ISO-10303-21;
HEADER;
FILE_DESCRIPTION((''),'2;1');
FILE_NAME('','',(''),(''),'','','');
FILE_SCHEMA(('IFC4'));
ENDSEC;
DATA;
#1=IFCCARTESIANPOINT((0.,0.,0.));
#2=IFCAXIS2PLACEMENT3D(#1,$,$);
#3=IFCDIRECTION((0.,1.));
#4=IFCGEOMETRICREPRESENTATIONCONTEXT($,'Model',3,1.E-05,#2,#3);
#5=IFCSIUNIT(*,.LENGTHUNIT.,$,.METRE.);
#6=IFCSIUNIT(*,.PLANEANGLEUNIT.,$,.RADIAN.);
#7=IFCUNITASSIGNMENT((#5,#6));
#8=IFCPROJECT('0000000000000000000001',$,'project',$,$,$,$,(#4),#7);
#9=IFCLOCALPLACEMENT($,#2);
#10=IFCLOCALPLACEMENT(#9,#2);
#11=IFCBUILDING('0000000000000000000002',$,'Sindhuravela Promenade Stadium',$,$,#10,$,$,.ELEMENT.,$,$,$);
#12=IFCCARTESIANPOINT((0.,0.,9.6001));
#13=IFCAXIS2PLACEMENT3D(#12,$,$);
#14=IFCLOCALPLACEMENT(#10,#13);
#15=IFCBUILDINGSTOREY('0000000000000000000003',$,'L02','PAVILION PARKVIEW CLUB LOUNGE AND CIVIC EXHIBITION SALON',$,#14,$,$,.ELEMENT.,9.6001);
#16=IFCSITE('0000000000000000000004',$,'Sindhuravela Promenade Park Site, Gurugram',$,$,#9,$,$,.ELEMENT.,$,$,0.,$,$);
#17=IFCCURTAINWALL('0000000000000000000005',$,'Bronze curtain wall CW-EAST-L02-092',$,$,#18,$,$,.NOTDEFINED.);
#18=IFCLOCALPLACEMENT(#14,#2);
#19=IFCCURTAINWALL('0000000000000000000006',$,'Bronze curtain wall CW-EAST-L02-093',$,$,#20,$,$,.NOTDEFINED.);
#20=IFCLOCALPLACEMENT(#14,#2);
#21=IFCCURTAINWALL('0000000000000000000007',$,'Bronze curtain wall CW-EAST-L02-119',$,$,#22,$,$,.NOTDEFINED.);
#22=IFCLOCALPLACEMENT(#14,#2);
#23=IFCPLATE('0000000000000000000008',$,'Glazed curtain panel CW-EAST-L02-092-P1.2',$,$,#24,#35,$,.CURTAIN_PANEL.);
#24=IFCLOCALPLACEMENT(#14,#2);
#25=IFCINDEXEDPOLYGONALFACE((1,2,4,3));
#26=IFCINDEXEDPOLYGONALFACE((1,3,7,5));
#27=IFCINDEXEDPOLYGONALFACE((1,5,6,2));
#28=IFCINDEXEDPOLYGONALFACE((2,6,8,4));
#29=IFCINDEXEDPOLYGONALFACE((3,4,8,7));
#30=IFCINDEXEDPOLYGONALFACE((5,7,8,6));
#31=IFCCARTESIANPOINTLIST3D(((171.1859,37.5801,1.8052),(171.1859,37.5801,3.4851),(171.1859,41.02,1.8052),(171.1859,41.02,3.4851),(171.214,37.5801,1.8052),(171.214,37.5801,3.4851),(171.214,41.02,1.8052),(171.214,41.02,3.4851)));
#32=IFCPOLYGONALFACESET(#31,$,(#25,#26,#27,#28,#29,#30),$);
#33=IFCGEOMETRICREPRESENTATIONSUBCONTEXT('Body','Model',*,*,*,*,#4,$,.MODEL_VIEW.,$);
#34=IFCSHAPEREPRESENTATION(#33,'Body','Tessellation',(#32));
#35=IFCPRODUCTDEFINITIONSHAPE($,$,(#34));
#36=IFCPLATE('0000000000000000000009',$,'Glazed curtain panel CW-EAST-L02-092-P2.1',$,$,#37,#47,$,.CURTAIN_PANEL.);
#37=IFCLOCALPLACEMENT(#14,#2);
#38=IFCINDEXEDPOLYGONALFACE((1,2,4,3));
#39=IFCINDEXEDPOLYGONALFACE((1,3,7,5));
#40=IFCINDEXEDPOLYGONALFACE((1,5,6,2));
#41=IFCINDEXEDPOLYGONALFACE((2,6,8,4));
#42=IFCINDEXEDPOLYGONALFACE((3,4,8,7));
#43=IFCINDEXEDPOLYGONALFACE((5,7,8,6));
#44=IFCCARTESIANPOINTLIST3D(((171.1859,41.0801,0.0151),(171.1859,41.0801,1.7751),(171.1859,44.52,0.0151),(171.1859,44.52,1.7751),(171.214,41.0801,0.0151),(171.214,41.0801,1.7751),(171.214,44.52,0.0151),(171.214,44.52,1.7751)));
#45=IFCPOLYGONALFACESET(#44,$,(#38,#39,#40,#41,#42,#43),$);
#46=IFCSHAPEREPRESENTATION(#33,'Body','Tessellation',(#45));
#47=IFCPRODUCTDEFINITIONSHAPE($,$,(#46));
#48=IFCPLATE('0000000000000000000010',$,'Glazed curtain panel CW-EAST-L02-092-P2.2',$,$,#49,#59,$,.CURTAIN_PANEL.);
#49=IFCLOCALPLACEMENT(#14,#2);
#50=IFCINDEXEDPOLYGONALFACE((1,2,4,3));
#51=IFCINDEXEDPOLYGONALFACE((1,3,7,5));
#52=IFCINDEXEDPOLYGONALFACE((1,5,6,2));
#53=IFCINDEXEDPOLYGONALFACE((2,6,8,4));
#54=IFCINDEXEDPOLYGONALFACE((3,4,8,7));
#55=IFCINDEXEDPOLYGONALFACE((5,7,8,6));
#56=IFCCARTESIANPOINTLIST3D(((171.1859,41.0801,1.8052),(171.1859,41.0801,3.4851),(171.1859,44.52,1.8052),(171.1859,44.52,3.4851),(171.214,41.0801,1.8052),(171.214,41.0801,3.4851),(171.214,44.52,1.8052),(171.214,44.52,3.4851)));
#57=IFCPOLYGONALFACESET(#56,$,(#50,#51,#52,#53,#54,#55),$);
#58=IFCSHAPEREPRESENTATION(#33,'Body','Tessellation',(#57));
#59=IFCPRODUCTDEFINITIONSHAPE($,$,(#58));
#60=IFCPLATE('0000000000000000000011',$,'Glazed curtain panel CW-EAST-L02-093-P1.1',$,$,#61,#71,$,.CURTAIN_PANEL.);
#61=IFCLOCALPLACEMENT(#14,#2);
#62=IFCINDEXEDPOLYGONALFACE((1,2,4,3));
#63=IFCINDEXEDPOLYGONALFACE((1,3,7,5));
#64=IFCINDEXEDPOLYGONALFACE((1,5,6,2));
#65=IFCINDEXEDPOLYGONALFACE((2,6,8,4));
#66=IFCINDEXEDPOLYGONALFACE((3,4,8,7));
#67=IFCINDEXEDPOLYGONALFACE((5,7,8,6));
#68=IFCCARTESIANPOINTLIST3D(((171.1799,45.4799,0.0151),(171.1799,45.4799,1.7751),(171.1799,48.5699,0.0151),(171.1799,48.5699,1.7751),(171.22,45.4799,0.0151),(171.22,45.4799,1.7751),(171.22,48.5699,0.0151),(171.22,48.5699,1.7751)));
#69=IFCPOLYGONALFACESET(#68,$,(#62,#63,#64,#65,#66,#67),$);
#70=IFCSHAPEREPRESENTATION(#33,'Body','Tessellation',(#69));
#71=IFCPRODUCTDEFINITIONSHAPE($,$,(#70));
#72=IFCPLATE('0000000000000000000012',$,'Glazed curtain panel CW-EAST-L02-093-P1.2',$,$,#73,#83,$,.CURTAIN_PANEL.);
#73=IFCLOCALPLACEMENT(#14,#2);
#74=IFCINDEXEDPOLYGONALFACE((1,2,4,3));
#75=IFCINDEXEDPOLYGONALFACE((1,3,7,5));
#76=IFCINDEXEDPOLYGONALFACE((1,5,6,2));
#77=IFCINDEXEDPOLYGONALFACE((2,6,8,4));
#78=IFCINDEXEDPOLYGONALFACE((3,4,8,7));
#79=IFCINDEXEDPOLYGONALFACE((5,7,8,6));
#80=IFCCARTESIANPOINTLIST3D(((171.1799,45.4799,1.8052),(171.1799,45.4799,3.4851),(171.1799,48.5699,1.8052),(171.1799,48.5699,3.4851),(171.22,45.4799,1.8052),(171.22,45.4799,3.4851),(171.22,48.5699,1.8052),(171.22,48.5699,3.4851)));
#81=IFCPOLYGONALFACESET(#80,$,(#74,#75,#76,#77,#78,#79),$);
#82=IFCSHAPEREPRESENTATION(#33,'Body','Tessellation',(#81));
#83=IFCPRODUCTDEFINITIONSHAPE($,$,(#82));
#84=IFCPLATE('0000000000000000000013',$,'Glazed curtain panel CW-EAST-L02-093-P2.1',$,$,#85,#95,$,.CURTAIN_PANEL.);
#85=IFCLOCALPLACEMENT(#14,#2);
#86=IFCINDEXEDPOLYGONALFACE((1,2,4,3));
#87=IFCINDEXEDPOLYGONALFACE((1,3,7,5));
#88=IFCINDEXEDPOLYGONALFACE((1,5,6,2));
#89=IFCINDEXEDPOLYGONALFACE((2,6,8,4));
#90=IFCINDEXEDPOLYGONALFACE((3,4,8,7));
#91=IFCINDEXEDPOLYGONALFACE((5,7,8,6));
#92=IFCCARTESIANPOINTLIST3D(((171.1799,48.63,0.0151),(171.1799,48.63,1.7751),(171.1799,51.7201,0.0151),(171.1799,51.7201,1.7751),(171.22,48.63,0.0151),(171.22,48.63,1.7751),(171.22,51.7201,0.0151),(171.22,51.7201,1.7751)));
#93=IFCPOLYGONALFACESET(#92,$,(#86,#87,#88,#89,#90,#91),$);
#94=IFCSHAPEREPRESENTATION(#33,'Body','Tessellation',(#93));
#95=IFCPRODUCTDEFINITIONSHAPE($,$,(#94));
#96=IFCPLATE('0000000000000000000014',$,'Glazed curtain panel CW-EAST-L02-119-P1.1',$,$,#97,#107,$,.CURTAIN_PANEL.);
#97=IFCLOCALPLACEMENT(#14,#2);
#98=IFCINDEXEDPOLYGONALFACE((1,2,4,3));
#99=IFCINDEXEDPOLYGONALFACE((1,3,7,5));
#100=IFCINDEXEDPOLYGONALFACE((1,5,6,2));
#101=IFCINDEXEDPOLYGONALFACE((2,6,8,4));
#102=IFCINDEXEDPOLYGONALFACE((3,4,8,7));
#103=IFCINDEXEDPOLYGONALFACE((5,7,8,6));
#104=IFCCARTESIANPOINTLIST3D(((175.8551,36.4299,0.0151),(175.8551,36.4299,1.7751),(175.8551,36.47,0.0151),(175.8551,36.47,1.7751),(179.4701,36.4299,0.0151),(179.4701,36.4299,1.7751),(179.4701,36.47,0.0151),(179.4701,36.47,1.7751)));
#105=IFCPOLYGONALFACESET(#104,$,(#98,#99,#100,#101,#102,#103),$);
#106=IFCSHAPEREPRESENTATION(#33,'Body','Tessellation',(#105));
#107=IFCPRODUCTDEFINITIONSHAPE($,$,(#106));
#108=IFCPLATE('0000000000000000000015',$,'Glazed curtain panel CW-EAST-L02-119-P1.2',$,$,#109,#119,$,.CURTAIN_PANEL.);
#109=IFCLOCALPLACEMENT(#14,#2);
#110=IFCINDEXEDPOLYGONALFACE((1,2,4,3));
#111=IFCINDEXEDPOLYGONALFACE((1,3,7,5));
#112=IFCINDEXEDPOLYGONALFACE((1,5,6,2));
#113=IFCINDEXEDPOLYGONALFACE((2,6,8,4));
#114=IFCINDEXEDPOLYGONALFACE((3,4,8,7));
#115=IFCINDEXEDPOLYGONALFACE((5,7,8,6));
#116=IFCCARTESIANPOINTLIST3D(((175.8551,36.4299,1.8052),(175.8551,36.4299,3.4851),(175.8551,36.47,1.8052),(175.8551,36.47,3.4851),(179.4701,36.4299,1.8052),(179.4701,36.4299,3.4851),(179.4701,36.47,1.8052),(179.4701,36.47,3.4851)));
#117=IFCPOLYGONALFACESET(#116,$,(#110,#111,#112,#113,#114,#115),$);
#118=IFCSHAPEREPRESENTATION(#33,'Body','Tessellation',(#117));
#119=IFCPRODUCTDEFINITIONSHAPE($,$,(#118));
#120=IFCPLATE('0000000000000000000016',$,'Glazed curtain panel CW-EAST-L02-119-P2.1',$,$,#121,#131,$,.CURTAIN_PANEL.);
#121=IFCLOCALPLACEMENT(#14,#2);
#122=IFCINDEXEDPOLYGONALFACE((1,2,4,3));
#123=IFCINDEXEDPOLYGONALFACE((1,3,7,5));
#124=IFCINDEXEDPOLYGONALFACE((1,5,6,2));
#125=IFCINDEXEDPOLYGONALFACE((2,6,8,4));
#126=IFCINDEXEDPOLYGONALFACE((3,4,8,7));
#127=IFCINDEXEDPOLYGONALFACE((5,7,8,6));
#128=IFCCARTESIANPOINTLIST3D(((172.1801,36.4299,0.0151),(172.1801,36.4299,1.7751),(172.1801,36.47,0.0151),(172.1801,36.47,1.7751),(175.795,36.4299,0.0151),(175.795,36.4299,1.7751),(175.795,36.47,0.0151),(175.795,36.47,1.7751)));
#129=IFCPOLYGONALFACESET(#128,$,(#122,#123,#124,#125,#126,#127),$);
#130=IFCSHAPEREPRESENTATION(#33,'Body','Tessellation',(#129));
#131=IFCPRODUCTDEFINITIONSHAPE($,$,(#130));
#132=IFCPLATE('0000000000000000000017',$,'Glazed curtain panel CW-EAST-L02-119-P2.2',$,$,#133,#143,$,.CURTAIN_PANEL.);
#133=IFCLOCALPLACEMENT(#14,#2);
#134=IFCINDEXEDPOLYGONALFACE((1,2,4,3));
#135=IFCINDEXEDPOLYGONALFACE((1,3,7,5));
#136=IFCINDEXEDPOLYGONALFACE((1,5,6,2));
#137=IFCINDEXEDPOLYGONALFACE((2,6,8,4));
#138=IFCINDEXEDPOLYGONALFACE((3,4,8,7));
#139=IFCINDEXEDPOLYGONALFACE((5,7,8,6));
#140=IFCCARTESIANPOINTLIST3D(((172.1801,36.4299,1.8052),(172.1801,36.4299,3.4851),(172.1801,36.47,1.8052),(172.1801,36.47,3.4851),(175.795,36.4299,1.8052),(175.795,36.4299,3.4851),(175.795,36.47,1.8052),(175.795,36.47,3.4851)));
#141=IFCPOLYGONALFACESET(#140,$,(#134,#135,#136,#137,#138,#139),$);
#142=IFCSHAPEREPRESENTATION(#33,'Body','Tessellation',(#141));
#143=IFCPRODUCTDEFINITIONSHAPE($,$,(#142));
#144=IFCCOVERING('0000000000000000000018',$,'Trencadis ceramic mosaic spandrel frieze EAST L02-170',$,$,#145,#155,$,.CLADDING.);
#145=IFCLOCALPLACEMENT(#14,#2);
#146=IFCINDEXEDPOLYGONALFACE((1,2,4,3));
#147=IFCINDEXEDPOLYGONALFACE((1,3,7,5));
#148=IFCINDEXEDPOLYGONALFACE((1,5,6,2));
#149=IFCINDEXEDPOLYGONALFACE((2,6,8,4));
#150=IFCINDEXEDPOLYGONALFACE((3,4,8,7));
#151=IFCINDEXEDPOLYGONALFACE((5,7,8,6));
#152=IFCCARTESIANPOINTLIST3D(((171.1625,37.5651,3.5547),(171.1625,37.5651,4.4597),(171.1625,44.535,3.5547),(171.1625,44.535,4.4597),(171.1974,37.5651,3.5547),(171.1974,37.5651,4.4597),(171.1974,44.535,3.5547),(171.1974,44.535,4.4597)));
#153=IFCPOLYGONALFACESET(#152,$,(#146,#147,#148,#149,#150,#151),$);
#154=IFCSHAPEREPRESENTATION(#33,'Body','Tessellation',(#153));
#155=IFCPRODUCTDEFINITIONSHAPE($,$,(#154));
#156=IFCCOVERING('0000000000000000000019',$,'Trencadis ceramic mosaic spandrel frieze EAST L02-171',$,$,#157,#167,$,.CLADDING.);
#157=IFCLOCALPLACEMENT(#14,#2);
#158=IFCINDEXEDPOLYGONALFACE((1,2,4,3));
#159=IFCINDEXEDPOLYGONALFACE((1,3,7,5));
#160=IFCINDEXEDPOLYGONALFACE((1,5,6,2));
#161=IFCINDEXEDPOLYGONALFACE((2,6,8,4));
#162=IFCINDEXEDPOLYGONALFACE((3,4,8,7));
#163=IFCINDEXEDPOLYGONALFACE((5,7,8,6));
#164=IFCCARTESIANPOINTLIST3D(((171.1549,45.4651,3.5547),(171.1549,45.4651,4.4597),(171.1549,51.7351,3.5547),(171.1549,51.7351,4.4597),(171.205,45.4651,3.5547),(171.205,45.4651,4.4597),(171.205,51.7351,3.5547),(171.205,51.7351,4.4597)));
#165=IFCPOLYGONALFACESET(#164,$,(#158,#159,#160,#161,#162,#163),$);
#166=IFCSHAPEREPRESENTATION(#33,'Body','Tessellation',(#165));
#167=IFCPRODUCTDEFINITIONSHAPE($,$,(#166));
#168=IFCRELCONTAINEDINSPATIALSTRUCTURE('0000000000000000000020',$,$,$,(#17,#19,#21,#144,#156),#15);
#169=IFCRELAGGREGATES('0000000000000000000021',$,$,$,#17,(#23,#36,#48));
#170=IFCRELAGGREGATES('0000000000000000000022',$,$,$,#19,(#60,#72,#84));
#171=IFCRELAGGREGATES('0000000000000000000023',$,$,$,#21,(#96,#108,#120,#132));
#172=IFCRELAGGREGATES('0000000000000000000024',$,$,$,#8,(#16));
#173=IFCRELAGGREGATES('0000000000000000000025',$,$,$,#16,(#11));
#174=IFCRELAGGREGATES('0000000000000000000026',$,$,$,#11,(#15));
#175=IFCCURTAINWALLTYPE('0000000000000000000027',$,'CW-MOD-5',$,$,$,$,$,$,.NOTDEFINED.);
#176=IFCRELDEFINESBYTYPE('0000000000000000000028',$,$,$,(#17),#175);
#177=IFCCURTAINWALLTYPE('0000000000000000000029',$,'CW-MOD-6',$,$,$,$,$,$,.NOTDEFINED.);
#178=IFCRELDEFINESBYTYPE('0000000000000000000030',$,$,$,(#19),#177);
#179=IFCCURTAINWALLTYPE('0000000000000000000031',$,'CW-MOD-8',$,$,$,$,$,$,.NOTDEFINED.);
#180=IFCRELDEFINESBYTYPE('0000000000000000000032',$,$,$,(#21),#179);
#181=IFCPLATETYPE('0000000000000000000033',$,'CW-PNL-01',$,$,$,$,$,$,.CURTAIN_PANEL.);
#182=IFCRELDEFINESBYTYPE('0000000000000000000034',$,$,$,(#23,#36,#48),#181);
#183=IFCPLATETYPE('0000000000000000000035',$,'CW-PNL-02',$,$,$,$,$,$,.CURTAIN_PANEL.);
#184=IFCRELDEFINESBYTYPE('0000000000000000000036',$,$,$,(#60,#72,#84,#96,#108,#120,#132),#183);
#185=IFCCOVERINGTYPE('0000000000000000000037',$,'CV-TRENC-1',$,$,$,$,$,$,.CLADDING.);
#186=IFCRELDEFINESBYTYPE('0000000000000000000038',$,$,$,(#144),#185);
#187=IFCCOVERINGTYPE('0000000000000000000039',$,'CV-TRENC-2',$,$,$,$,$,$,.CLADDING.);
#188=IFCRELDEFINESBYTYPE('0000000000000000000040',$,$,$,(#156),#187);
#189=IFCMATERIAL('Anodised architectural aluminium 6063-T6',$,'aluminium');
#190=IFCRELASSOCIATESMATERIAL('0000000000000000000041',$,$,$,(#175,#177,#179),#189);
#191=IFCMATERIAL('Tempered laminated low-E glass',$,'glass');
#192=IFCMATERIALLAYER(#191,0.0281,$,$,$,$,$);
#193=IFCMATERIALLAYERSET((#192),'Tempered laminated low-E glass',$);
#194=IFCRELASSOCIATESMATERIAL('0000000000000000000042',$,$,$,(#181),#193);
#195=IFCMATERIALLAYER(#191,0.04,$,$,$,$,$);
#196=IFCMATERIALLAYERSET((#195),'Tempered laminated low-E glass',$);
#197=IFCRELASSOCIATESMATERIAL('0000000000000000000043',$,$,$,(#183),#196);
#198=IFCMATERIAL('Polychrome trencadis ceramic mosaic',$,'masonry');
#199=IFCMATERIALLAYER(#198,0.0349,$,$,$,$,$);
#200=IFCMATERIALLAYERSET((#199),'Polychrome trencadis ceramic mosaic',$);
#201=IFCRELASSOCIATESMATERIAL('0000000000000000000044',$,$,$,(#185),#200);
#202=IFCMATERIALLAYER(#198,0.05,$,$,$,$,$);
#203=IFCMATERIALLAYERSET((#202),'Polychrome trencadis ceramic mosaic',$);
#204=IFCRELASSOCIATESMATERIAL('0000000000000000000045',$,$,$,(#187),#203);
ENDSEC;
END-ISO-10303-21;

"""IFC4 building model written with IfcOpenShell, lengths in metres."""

from ifc_helpers import new_model, si_unit, direction, frame, origin, origin_2d, place, context, subcontext, project, spatial, rectangle, extrude, material, layer, layer_set, type_object, element, aggregate, save


model = new_model("IFC4")

# Units and contexts
model_context = context("Model", 3, precision=1e-05, world=origin(), true_north=direction((0.0, 1.0)))
body_context = subcontext(model_context, "Body", "Model", "MODEL_VIEW")
ifc_project = project(units=[si_unit("LENGTHUNIT", "METRE"), si_unit("PLANEANGLEUNIT", "RADIAN")], contexts=[model_context])

# Site, building, storey
site_placement = place(None, origin())
site = spatial("IfcSite", under=ifc_project, at=site_placement, Name="Sindhuravela Promenade Park Site, Gurugram", CompositionType="ELEMENT", RefElevation=0.0)
building_placement = place(site_placement, origin())
building = spatial("IfcBuilding", under=site, at=building_placement, Name="Sindhuravela Promenade Stadium", CompositionType="ELEMENT")
storey_placement = place(building_placement, frame((0.0, 0.0, 9.6001)))
storey = spatial("IfcBuildingStorey", under=building, at=storey_placement, Name="L02", Description="PAVILION PARKVIEW CLUB LOUNGE AND CIVIC EXHIBITION SALON", CompositionType="ELEMENT", Elevation=9.6001)

# Curtain walls
ifc_material_1 = material(Name="Anodised architectural aluminium 6063-T6", Category="aluminium")
curtain_wall_type_1 = type_object("IfcCurtainWallType", Name="CW-MOD-5", PredefinedType="NOTDEFINED", material=ifc_material_1)
curtain_wall_1_placement = place(storey_placement, origin())
curtain_wall_1 = element("IfcCurtainWall", 1, at=curtain_wall_1_placement, inside=storey, type_object=curtain_wall_type_1, Name="Bronze curtain wall CW-EAST-L02-092", PredefinedType="NOTDEFINED")
curtain_wall_type_2 = type_object("IfcCurtainWallType", Name="CW-MOD-6", PredefinedType="NOTDEFINED", material=ifc_material_1)
curtain_wall_2_placement = place(storey_placement, origin())
curtain_wall_2 = element("IfcCurtainWall", 2, at=curtain_wall_2_placement, inside=storey, type_object=curtain_wall_type_2, Name="Bronze curtain wall CW-EAST-L02-093", PredefinedType="NOTDEFINED")
curtain_wall_type_3 = type_object("IfcCurtainWallType", Name="CW-MOD-8", PredefinedType="NOTDEFINED", material=ifc_material_1)
curtain_wall_3_placement = place(storey_placement, origin())
curtain_wall_3 = element("IfcCurtainWall", 3, at=curtain_wall_3_placement, inside=storey, type_object=curtain_wall_type_3, Name="Bronze curtain wall CW-EAST-L02-119", PredefinedType="NOTDEFINED")

# Plates
ifc_material_2 = material(Name="Tempered laminated low-E glass", Category="glass")
ifc_layer_1 = layer(ifc_material_2, 0.0281)
ifc_layer_set_1 = layer_set([ifc_layer_1], Name="Tempered laminated low-E glass")
plate_type_1 = type_object("IfcPlateType", Name="CW-PNL-01", PredefinedType="CURTAIN_PANEL", material=ifc_layer_set_1)
plate_1_placement = place(storey_placement, frame((171.2, 39.3, 1.8052), z_axis=(0.0, 0.0, 1.0), x_axis=(0.0, 1.0, 0.0)))
plate_1 = element("IfcPlate", 4, at=plate_1_placement, type_object=plate_type_1, Name="Glazed curtain panel CW-EAST-L02-092-P1.2", PredefinedType="CURTAIN_PANEL", context=body_context, shape_type="SweptSolid", body=[
    extrude(rectangle(XDim=3.4399, YDim=0.0281, at=origin_2d()), origin(), (0.0, 0.0, 1.0), 1.6799),
])
plate_2_placement = place(storey_placement, frame((171.2, 42.8, 0.0151), z_axis=(0.0, 0.0, 1.0), x_axis=(0.0, 1.0, 0.0)))
plate_2 = element("IfcPlate", 5, at=plate_2_placement, type_object=plate_type_1, Name="Glazed curtain panel CW-EAST-L02-092-P2.1", PredefinedType="CURTAIN_PANEL", context=body_context, shape_type="SweptSolid", body=[
    extrude(rectangle(XDim=3.4399, YDim=0.0281, at=origin_2d()), origin(), (0.0, 0.0, 1.0), 1.76),
])
plate_3_placement = place(storey_placement, frame((171.2, 42.8, 1.8052), z_axis=(0.0, 0.0, 1.0), x_axis=(0.0, 1.0, 0.0)))
plate_3 = element("IfcPlate", 6, at=plate_3_placement, type_object=plate_type_1, Name="Glazed curtain panel CW-EAST-L02-092-P2.2", PredefinedType="CURTAIN_PANEL", context=body_context, shape_type="SweptSolid", body=[
    extrude(rectangle(XDim=3.4399, YDim=0.0281, at=origin_2d()), origin(), (0.0, 0.0, 1.0), 1.6799),
])
aggregate(curtain_wall_1, [plate_1, plate_2, plate_3])
ifc_layer_2 = layer(ifc_material_2, 0.04)
ifc_layer_set_2 = layer_set([ifc_layer_2], Name="Tempered laminated low-E glass")
plate_type_2 = type_object("IfcPlateType", Name="CW-PNL-02", PredefinedType="CURTAIN_PANEL", material=ifc_layer_set_2)
plate_4_placement = place(storey_placement, frame((171.2, 47.0249, 0.0151), z_axis=(0.0, 0.0, 1.0), x_axis=(0.0, 1.0, 0.0)))
plate_4 = element("IfcPlate", 7, at=plate_4_placement, type_object=plate_type_2, Name="Glazed curtain panel CW-EAST-L02-093-P1.1", PredefinedType="CURTAIN_PANEL", context=body_context, shape_type="SweptSolid", body=[
    extrude(rectangle(XDim=3.0901, YDim=0.04, at=origin_2d()), origin(), (0.0, 0.0, 1.0), 1.76),
])
plate_5_placement = place(storey_placement, frame((171.2, 47.0249, 1.8052), z_axis=(0.0, 0.0, 1.0), x_axis=(0.0, 1.0, 0.0)))
plate_5 = element("IfcPlate", 8, at=plate_5_placement, type_object=plate_type_2, Name="Glazed curtain panel CW-EAST-L02-093-P1.2", PredefinedType="CURTAIN_PANEL", context=body_context, shape_type="SweptSolid", body=[
    extrude(rectangle(XDim=3.0901, YDim=0.04, at=origin_2d()), origin(), (0.0, 0.0, 1.0), 1.6799),
])
plate_6_placement = place(storey_placement, frame((171.2, 50.175, 0.0151), z_axis=(0.0, 0.0, 1.0), x_axis=(0.0, 1.0, 0.0)))
plate_6 = element("IfcPlate", 9, at=plate_6_placement, type_object=plate_type_2, Name="Glazed curtain panel CW-EAST-L02-093-P2.1", PredefinedType="CURTAIN_PANEL", context=body_context, shape_type="SweptSolid", body=[
    extrude(rectangle(XDim=3.0901, YDim=0.04, at=origin_2d()), origin(), (0.0, 0.0, 1.0), 1.76),
])
aggregate(curtain_wall_2, [plate_4, plate_5, plate_6])
plate_7_placement = place(storey_placement, frame((177.6626, 36.45, 0.0151), z_axis=(0.0, 0.0, 1.0), x_axis=(-1.0, 0.0, 0.0)))
plate_7 = element("IfcPlate", 10, at=plate_7_placement, type_object=plate_type_2, Name="Glazed curtain panel CW-EAST-L02-119-P1.1", PredefinedType="CURTAIN_PANEL", context=body_context, shape_type="SweptSolid", body=[
    extrude(rectangle(XDim=3.615, YDim=0.04, at=origin_2d()), origin(), (0.0, 0.0, 1.0), 1.76),
])
plate_8_placement = place(storey_placement, frame((177.6626, 36.45, 1.8052), z_axis=(0.0, 0.0, 1.0), x_axis=(-1.0, 0.0, 0.0)))
plate_8 = element("IfcPlate", 11, at=plate_8_placement, type_object=plate_type_2, Name="Glazed curtain panel CW-EAST-L02-119-P1.2", PredefinedType="CURTAIN_PANEL", context=body_context, shape_type="SweptSolid", body=[
    extrude(rectangle(XDim=3.615, YDim=0.04, at=origin_2d()), origin(), (0.0, 0.0, 1.0), 1.6799),
])
plate_9_placement = place(storey_placement, frame((173.9875, 36.45, 0.0151), z_axis=(0.0, 0.0, 1.0), x_axis=(-1.0, 0.0, 0.0)))
plate_9 = element("IfcPlate", 12, at=plate_9_placement, type_object=plate_type_2, Name="Glazed curtain panel CW-EAST-L02-119-P2.1", PredefinedType="CURTAIN_PANEL", context=body_context, shape_type="SweptSolid", body=[
    extrude(rectangle(XDim=3.615, YDim=0.04, at=origin_2d()), origin(), (0.0, 0.0, 1.0), 1.76),
])
plate_10_placement = place(storey_placement, frame((173.9875, 36.45, 1.8052), z_axis=(0.0, 0.0, 1.0), x_axis=(-1.0, 0.0, 0.0)))
plate_10 = element("IfcPlate", 13, at=plate_10_placement, type_object=plate_type_2, Name="Glazed curtain panel CW-EAST-L02-119-P2.2", PredefinedType="CURTAIN_PANEL", context=body_context, shape_type="SweptSolid", body=[
    extrude(rectangle(XDim=3.615, YDim=0.04, at=origin_2d()), origin(), (0.0, 0.0, 1.0), 1.6799),
])
aggregate(curtain_wall_3, [plate_7, plate_8, plate_9, plate_10])

# Coverings
ifc_material_3 = material(Name="Polychrome trencadis ceramic mosaic", Category="masonry")
ifc_layer_3 = layer(ifc_material_3, 0.0349)
ifc_layer_set_3 = layer_set([ifc_layer_3], Name="Polychrome trencadis ceramic mosaic")
covering_type_1 = type_object("IfcCoveringType", Name="CV-TRENC-1", PredefinedType="CLADDING", material=ifc_layer_set_3)
covering_1_placement = place(storey_placement, frame((171.1799, 41.05, 3.5547), z_axis=(0.0, 0.0, 1.0), x_axis=(0.0, 1.0, 0.0)))
element("IfcCovering", 14, at=covering_1_placement, inside=storey, type_object=covering_type_1, Name="Trencadis ceramic mosaic spandrel frieze EAST L02-170", PredefinedType="CLADDING", context=body_context, shape_type="SweptSolid", body=[
    extrude(rectangle(XDim=6.97, YDim=0.0349, at=origin_2d()), origin(), (0.0, 0.0, 1.0), 0.905),
])
ifc_layer_4 = layer(ifc_material_3, 0.05)
ifc_layer_set_4 = layer_set([ifc_layer_4], Name="Polychrome trencadis ceramic mosaic")
covering_type_2 = type_object("IfcCoveringType", Name="CV-TRENC-2", PredefinedType="CLADDING", material=ifc_layer_set_4)
covering_2_placement = place(storey_placement, frame((171.1799, 48.6001, 3.5547), z_axis=(0.0, 0.0, 1.0), x_axis=(0.0, 1.0, 0.0)))
element("IfcCovering", 15, at=covering_2_placement, inside=storey, type_object=covering_type_2, Name="Trencadis ceramic mosaic spandrel frieze EAST L02-171", PredefinedType="CLADDING", context=body_context, shape_type="SweptSolid", body=[
    extrude(rectangle(XDim=6.27, YDim=0.05, at=origin_2d()), origin(), (0.0, 0.0, 1.0), 0.905),
])

save(model, "model.ifc")
